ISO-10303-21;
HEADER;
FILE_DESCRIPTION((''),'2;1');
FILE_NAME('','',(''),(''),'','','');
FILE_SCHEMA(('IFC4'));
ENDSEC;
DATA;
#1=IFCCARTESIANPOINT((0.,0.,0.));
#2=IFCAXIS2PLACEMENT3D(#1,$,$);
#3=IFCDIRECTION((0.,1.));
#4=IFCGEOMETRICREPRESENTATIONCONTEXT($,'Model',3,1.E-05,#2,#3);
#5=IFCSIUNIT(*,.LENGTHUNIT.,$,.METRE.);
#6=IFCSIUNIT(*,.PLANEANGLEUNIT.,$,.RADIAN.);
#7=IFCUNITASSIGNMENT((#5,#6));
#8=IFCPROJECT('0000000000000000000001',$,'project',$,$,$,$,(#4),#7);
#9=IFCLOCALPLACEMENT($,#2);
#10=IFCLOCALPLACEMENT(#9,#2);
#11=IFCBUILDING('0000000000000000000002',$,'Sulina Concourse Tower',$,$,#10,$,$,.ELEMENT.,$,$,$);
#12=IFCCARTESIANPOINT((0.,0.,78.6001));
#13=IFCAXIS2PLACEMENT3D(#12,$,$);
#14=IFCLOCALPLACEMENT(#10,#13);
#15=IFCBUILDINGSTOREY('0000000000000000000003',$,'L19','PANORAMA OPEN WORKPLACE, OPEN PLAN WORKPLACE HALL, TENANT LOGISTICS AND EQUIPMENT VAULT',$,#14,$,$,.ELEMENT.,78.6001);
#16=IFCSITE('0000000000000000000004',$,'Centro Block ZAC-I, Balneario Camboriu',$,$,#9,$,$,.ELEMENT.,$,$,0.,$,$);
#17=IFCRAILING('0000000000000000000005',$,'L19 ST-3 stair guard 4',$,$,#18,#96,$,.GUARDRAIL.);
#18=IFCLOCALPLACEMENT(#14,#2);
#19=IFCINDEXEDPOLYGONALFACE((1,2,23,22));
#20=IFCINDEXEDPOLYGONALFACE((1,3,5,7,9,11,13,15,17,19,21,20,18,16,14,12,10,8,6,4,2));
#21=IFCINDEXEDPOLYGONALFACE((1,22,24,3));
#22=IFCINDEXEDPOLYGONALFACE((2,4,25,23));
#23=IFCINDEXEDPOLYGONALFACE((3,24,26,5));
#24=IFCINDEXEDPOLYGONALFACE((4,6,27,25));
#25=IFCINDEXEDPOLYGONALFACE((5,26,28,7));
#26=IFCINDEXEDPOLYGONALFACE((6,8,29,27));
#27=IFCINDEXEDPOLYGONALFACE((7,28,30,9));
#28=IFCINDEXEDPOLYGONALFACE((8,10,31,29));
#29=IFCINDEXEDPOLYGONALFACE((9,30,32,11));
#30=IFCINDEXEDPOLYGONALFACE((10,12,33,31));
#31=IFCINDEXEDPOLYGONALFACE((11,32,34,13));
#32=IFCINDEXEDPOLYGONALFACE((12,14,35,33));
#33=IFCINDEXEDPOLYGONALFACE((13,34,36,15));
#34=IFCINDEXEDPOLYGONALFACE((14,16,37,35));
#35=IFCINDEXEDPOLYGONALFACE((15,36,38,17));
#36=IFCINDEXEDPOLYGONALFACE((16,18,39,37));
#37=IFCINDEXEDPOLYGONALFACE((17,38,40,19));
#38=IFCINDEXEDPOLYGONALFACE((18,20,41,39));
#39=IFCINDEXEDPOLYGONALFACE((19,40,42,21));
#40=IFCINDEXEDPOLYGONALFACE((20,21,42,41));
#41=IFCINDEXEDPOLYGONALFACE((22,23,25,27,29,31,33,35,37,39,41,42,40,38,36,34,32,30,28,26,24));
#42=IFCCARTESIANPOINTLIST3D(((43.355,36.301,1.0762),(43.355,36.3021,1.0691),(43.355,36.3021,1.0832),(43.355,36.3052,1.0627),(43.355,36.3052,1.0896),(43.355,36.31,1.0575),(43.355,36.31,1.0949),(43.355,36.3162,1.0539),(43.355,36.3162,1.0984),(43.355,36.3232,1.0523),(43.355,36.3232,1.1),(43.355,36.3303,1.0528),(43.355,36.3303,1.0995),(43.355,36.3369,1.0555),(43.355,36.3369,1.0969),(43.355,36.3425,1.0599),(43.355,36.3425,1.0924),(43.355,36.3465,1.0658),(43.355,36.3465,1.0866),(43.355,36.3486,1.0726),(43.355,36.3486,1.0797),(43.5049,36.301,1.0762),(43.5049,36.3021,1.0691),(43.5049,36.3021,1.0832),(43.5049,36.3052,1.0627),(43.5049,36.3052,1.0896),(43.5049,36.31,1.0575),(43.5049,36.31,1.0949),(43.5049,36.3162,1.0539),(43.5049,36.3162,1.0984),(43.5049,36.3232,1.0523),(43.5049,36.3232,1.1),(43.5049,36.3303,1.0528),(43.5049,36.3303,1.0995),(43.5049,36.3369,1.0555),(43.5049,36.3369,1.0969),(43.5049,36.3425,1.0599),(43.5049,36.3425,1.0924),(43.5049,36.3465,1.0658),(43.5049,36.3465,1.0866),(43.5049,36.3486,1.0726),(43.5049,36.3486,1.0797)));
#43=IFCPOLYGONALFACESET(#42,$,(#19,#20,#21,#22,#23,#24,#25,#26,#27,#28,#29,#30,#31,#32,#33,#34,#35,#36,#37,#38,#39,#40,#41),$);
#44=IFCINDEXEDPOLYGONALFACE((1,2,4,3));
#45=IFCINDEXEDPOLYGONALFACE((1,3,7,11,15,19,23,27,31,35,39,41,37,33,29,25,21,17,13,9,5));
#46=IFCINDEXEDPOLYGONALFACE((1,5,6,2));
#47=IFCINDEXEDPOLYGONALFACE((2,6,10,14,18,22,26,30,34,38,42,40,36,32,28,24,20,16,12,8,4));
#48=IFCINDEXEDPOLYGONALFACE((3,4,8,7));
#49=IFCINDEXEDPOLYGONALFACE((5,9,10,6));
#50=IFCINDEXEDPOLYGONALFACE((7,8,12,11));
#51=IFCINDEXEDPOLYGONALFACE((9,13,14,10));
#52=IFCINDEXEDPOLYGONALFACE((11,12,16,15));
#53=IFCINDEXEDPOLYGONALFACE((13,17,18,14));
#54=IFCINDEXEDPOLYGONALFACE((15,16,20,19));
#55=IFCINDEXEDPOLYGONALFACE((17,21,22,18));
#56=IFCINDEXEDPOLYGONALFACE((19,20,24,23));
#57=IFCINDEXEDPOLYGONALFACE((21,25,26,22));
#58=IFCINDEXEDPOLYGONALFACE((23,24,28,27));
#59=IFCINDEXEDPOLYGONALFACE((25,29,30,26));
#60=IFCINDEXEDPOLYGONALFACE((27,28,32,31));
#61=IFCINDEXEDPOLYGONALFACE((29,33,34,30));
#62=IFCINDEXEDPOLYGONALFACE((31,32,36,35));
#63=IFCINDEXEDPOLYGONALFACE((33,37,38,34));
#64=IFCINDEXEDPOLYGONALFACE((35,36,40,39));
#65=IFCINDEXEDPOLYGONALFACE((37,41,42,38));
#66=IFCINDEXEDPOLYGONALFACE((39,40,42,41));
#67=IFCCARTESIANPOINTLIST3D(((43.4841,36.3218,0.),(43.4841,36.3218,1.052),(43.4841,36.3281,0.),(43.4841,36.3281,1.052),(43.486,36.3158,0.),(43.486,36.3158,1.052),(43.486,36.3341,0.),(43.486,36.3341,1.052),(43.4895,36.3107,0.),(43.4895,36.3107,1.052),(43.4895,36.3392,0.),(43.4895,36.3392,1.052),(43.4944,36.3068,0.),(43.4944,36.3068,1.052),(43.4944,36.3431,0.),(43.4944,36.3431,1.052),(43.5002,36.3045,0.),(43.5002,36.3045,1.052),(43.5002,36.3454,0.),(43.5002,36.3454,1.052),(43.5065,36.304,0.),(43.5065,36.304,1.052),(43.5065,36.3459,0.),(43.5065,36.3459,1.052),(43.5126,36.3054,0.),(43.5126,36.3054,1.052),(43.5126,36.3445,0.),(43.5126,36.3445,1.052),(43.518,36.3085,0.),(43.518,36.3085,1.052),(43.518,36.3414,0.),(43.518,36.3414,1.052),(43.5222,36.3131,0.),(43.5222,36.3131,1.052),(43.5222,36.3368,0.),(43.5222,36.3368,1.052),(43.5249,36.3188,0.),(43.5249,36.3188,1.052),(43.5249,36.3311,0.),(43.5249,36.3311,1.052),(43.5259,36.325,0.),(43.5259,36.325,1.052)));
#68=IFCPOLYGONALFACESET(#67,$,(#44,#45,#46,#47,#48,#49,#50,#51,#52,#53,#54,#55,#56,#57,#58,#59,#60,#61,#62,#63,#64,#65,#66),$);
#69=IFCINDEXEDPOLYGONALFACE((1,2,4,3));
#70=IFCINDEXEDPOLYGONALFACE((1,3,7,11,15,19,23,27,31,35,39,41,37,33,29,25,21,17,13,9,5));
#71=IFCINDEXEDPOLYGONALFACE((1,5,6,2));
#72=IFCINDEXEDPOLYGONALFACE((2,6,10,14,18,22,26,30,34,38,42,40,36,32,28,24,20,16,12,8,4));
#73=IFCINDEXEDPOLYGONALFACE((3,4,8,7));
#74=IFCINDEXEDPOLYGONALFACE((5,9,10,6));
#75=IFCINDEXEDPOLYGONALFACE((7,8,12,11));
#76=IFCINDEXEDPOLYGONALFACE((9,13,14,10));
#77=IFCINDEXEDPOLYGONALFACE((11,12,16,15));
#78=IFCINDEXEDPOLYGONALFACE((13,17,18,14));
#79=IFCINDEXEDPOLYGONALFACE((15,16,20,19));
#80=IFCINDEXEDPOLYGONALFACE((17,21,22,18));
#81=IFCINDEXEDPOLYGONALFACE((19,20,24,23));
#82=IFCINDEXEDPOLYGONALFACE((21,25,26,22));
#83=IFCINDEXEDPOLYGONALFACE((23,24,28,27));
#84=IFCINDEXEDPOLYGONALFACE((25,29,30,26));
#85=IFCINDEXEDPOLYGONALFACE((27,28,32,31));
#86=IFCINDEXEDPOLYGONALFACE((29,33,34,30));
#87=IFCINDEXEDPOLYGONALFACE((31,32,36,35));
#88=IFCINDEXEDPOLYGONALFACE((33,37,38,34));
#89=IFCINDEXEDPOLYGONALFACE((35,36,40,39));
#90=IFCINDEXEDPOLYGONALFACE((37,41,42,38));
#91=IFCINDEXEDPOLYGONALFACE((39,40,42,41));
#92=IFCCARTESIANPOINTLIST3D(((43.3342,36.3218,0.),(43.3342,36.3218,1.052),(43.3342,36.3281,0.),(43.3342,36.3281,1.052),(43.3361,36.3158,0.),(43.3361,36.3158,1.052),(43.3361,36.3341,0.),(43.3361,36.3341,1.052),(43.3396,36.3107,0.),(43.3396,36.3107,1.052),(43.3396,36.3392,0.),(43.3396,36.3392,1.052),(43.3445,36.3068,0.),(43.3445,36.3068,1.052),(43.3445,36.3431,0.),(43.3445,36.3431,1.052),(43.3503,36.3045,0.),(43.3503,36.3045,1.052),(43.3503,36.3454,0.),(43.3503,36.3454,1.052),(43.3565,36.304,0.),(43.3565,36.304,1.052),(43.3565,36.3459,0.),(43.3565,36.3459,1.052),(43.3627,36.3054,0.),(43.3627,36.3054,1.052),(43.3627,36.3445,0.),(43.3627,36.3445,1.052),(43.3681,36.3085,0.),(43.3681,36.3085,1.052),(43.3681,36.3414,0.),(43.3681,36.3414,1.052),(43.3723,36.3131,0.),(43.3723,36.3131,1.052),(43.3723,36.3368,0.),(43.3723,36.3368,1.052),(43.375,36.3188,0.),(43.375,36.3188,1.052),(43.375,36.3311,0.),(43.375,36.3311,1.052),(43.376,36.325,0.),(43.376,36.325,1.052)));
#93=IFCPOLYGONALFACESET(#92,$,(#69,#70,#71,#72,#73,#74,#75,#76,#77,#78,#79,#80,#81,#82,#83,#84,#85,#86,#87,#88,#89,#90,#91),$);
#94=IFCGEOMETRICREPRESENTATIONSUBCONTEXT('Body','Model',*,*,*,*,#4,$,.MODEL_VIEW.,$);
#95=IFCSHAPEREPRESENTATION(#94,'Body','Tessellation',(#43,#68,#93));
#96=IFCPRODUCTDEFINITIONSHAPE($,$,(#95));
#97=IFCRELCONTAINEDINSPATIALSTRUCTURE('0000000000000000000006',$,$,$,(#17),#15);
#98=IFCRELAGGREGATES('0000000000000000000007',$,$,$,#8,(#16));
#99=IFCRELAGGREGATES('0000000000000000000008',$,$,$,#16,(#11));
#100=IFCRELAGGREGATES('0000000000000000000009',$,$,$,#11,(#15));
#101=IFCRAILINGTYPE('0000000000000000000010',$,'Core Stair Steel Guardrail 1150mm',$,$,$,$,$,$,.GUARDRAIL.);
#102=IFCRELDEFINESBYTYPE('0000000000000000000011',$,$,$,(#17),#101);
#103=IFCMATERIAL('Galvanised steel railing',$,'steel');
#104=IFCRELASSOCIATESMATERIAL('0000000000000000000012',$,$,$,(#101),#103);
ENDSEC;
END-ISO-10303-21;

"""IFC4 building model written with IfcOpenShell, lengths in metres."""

from ifc_helpers import new_model, si_unit, direction, frame, origin, origin_2d, place, context, subcontext, project, spatial, circle, extrude, material, type_object, element, save


model = new_model("IFC4")

# Units and contexts
model_context = context("Model", 3, precision=1e-05, world=origin(), true_north=direction((0.0, 1.0)))
body_context = subcontext(model_context, "Body", "Model", "MODEL_VIEW")
ifc_project = project(units=[si_unit("LENGTHUNIT", "METRE"), si_unit("PLANEANGLEUNIT", "RADIAN")], contexts=[model_context])

# Site, building, storey
site_placement = place(None, origin())
site = spatial("IfcSite", under=ifc_project, at=site_placement, Name="Centro Block ZAC-I, Balneario Camboriu", CompositionType="ELEMENT", RefElevation=0.0)
building_placement = place(site_placement, origin())
building = spatial("IfcBuilding", under=site, at=building_placement, Name="Sulina Concourse Tower", CompositionType="ELEMENT")
storey_placement = place(building_placement, frame((0.0, 0.0, 78.6001)))
storey = spatial("IfcBuildingStorey", under=building, at=storey_placement, Name="L19", Description="PANORAMA OPEN WORKPLACE, OPEN PLAN WORKPLACE HALL, TENANT LOGISTICS AND EQUIPMENT VAULT", CompositionType="ELEMENT", Elevation=78.6001)

# Railing
ifc_material_1 = material(Name="Galvanised steel railing", Category="steel")
railing_type_1 = type_object("IfcRailingType", Name="Core Stair Steel Guardrail 1150mm", PredefinedType="GUARDRAIL", material=ifc_material_1)
railing_1_placement = place(storey_placement, frame((43.5049, 36.325, 0.0)))
element("IfcRailing", 1, at=railing_1_placement, inside=storey, type_object=railing_type_1, Name="L19 ST-3 stair guard 4", PredefinedType="GUARDRAIL", context=body_context, shape_type="SweptSolid", body=[
    extrude(circle(Radius=0.0239, at=origin_2d()), frame((0.0, 0.0, 1.0762), z_axis=(-1.0, 0.0, 0.0), x_axis=(0.0, -1.0, 0.0)), (0.0, 0.0, 1.0), 0.1499),
    extrude(circle(Radius=0.021, at=origin_2d()), origin(), (0.0, 0.0, 1.0), 1.052),
    extrude(circle(Radius=0.021, at=origin_2d()), frame((-0.1499, 0.0, 0.0)), (0.0, 0.0, 1.0), 1.052),
])

save(model, "model.ifc")
